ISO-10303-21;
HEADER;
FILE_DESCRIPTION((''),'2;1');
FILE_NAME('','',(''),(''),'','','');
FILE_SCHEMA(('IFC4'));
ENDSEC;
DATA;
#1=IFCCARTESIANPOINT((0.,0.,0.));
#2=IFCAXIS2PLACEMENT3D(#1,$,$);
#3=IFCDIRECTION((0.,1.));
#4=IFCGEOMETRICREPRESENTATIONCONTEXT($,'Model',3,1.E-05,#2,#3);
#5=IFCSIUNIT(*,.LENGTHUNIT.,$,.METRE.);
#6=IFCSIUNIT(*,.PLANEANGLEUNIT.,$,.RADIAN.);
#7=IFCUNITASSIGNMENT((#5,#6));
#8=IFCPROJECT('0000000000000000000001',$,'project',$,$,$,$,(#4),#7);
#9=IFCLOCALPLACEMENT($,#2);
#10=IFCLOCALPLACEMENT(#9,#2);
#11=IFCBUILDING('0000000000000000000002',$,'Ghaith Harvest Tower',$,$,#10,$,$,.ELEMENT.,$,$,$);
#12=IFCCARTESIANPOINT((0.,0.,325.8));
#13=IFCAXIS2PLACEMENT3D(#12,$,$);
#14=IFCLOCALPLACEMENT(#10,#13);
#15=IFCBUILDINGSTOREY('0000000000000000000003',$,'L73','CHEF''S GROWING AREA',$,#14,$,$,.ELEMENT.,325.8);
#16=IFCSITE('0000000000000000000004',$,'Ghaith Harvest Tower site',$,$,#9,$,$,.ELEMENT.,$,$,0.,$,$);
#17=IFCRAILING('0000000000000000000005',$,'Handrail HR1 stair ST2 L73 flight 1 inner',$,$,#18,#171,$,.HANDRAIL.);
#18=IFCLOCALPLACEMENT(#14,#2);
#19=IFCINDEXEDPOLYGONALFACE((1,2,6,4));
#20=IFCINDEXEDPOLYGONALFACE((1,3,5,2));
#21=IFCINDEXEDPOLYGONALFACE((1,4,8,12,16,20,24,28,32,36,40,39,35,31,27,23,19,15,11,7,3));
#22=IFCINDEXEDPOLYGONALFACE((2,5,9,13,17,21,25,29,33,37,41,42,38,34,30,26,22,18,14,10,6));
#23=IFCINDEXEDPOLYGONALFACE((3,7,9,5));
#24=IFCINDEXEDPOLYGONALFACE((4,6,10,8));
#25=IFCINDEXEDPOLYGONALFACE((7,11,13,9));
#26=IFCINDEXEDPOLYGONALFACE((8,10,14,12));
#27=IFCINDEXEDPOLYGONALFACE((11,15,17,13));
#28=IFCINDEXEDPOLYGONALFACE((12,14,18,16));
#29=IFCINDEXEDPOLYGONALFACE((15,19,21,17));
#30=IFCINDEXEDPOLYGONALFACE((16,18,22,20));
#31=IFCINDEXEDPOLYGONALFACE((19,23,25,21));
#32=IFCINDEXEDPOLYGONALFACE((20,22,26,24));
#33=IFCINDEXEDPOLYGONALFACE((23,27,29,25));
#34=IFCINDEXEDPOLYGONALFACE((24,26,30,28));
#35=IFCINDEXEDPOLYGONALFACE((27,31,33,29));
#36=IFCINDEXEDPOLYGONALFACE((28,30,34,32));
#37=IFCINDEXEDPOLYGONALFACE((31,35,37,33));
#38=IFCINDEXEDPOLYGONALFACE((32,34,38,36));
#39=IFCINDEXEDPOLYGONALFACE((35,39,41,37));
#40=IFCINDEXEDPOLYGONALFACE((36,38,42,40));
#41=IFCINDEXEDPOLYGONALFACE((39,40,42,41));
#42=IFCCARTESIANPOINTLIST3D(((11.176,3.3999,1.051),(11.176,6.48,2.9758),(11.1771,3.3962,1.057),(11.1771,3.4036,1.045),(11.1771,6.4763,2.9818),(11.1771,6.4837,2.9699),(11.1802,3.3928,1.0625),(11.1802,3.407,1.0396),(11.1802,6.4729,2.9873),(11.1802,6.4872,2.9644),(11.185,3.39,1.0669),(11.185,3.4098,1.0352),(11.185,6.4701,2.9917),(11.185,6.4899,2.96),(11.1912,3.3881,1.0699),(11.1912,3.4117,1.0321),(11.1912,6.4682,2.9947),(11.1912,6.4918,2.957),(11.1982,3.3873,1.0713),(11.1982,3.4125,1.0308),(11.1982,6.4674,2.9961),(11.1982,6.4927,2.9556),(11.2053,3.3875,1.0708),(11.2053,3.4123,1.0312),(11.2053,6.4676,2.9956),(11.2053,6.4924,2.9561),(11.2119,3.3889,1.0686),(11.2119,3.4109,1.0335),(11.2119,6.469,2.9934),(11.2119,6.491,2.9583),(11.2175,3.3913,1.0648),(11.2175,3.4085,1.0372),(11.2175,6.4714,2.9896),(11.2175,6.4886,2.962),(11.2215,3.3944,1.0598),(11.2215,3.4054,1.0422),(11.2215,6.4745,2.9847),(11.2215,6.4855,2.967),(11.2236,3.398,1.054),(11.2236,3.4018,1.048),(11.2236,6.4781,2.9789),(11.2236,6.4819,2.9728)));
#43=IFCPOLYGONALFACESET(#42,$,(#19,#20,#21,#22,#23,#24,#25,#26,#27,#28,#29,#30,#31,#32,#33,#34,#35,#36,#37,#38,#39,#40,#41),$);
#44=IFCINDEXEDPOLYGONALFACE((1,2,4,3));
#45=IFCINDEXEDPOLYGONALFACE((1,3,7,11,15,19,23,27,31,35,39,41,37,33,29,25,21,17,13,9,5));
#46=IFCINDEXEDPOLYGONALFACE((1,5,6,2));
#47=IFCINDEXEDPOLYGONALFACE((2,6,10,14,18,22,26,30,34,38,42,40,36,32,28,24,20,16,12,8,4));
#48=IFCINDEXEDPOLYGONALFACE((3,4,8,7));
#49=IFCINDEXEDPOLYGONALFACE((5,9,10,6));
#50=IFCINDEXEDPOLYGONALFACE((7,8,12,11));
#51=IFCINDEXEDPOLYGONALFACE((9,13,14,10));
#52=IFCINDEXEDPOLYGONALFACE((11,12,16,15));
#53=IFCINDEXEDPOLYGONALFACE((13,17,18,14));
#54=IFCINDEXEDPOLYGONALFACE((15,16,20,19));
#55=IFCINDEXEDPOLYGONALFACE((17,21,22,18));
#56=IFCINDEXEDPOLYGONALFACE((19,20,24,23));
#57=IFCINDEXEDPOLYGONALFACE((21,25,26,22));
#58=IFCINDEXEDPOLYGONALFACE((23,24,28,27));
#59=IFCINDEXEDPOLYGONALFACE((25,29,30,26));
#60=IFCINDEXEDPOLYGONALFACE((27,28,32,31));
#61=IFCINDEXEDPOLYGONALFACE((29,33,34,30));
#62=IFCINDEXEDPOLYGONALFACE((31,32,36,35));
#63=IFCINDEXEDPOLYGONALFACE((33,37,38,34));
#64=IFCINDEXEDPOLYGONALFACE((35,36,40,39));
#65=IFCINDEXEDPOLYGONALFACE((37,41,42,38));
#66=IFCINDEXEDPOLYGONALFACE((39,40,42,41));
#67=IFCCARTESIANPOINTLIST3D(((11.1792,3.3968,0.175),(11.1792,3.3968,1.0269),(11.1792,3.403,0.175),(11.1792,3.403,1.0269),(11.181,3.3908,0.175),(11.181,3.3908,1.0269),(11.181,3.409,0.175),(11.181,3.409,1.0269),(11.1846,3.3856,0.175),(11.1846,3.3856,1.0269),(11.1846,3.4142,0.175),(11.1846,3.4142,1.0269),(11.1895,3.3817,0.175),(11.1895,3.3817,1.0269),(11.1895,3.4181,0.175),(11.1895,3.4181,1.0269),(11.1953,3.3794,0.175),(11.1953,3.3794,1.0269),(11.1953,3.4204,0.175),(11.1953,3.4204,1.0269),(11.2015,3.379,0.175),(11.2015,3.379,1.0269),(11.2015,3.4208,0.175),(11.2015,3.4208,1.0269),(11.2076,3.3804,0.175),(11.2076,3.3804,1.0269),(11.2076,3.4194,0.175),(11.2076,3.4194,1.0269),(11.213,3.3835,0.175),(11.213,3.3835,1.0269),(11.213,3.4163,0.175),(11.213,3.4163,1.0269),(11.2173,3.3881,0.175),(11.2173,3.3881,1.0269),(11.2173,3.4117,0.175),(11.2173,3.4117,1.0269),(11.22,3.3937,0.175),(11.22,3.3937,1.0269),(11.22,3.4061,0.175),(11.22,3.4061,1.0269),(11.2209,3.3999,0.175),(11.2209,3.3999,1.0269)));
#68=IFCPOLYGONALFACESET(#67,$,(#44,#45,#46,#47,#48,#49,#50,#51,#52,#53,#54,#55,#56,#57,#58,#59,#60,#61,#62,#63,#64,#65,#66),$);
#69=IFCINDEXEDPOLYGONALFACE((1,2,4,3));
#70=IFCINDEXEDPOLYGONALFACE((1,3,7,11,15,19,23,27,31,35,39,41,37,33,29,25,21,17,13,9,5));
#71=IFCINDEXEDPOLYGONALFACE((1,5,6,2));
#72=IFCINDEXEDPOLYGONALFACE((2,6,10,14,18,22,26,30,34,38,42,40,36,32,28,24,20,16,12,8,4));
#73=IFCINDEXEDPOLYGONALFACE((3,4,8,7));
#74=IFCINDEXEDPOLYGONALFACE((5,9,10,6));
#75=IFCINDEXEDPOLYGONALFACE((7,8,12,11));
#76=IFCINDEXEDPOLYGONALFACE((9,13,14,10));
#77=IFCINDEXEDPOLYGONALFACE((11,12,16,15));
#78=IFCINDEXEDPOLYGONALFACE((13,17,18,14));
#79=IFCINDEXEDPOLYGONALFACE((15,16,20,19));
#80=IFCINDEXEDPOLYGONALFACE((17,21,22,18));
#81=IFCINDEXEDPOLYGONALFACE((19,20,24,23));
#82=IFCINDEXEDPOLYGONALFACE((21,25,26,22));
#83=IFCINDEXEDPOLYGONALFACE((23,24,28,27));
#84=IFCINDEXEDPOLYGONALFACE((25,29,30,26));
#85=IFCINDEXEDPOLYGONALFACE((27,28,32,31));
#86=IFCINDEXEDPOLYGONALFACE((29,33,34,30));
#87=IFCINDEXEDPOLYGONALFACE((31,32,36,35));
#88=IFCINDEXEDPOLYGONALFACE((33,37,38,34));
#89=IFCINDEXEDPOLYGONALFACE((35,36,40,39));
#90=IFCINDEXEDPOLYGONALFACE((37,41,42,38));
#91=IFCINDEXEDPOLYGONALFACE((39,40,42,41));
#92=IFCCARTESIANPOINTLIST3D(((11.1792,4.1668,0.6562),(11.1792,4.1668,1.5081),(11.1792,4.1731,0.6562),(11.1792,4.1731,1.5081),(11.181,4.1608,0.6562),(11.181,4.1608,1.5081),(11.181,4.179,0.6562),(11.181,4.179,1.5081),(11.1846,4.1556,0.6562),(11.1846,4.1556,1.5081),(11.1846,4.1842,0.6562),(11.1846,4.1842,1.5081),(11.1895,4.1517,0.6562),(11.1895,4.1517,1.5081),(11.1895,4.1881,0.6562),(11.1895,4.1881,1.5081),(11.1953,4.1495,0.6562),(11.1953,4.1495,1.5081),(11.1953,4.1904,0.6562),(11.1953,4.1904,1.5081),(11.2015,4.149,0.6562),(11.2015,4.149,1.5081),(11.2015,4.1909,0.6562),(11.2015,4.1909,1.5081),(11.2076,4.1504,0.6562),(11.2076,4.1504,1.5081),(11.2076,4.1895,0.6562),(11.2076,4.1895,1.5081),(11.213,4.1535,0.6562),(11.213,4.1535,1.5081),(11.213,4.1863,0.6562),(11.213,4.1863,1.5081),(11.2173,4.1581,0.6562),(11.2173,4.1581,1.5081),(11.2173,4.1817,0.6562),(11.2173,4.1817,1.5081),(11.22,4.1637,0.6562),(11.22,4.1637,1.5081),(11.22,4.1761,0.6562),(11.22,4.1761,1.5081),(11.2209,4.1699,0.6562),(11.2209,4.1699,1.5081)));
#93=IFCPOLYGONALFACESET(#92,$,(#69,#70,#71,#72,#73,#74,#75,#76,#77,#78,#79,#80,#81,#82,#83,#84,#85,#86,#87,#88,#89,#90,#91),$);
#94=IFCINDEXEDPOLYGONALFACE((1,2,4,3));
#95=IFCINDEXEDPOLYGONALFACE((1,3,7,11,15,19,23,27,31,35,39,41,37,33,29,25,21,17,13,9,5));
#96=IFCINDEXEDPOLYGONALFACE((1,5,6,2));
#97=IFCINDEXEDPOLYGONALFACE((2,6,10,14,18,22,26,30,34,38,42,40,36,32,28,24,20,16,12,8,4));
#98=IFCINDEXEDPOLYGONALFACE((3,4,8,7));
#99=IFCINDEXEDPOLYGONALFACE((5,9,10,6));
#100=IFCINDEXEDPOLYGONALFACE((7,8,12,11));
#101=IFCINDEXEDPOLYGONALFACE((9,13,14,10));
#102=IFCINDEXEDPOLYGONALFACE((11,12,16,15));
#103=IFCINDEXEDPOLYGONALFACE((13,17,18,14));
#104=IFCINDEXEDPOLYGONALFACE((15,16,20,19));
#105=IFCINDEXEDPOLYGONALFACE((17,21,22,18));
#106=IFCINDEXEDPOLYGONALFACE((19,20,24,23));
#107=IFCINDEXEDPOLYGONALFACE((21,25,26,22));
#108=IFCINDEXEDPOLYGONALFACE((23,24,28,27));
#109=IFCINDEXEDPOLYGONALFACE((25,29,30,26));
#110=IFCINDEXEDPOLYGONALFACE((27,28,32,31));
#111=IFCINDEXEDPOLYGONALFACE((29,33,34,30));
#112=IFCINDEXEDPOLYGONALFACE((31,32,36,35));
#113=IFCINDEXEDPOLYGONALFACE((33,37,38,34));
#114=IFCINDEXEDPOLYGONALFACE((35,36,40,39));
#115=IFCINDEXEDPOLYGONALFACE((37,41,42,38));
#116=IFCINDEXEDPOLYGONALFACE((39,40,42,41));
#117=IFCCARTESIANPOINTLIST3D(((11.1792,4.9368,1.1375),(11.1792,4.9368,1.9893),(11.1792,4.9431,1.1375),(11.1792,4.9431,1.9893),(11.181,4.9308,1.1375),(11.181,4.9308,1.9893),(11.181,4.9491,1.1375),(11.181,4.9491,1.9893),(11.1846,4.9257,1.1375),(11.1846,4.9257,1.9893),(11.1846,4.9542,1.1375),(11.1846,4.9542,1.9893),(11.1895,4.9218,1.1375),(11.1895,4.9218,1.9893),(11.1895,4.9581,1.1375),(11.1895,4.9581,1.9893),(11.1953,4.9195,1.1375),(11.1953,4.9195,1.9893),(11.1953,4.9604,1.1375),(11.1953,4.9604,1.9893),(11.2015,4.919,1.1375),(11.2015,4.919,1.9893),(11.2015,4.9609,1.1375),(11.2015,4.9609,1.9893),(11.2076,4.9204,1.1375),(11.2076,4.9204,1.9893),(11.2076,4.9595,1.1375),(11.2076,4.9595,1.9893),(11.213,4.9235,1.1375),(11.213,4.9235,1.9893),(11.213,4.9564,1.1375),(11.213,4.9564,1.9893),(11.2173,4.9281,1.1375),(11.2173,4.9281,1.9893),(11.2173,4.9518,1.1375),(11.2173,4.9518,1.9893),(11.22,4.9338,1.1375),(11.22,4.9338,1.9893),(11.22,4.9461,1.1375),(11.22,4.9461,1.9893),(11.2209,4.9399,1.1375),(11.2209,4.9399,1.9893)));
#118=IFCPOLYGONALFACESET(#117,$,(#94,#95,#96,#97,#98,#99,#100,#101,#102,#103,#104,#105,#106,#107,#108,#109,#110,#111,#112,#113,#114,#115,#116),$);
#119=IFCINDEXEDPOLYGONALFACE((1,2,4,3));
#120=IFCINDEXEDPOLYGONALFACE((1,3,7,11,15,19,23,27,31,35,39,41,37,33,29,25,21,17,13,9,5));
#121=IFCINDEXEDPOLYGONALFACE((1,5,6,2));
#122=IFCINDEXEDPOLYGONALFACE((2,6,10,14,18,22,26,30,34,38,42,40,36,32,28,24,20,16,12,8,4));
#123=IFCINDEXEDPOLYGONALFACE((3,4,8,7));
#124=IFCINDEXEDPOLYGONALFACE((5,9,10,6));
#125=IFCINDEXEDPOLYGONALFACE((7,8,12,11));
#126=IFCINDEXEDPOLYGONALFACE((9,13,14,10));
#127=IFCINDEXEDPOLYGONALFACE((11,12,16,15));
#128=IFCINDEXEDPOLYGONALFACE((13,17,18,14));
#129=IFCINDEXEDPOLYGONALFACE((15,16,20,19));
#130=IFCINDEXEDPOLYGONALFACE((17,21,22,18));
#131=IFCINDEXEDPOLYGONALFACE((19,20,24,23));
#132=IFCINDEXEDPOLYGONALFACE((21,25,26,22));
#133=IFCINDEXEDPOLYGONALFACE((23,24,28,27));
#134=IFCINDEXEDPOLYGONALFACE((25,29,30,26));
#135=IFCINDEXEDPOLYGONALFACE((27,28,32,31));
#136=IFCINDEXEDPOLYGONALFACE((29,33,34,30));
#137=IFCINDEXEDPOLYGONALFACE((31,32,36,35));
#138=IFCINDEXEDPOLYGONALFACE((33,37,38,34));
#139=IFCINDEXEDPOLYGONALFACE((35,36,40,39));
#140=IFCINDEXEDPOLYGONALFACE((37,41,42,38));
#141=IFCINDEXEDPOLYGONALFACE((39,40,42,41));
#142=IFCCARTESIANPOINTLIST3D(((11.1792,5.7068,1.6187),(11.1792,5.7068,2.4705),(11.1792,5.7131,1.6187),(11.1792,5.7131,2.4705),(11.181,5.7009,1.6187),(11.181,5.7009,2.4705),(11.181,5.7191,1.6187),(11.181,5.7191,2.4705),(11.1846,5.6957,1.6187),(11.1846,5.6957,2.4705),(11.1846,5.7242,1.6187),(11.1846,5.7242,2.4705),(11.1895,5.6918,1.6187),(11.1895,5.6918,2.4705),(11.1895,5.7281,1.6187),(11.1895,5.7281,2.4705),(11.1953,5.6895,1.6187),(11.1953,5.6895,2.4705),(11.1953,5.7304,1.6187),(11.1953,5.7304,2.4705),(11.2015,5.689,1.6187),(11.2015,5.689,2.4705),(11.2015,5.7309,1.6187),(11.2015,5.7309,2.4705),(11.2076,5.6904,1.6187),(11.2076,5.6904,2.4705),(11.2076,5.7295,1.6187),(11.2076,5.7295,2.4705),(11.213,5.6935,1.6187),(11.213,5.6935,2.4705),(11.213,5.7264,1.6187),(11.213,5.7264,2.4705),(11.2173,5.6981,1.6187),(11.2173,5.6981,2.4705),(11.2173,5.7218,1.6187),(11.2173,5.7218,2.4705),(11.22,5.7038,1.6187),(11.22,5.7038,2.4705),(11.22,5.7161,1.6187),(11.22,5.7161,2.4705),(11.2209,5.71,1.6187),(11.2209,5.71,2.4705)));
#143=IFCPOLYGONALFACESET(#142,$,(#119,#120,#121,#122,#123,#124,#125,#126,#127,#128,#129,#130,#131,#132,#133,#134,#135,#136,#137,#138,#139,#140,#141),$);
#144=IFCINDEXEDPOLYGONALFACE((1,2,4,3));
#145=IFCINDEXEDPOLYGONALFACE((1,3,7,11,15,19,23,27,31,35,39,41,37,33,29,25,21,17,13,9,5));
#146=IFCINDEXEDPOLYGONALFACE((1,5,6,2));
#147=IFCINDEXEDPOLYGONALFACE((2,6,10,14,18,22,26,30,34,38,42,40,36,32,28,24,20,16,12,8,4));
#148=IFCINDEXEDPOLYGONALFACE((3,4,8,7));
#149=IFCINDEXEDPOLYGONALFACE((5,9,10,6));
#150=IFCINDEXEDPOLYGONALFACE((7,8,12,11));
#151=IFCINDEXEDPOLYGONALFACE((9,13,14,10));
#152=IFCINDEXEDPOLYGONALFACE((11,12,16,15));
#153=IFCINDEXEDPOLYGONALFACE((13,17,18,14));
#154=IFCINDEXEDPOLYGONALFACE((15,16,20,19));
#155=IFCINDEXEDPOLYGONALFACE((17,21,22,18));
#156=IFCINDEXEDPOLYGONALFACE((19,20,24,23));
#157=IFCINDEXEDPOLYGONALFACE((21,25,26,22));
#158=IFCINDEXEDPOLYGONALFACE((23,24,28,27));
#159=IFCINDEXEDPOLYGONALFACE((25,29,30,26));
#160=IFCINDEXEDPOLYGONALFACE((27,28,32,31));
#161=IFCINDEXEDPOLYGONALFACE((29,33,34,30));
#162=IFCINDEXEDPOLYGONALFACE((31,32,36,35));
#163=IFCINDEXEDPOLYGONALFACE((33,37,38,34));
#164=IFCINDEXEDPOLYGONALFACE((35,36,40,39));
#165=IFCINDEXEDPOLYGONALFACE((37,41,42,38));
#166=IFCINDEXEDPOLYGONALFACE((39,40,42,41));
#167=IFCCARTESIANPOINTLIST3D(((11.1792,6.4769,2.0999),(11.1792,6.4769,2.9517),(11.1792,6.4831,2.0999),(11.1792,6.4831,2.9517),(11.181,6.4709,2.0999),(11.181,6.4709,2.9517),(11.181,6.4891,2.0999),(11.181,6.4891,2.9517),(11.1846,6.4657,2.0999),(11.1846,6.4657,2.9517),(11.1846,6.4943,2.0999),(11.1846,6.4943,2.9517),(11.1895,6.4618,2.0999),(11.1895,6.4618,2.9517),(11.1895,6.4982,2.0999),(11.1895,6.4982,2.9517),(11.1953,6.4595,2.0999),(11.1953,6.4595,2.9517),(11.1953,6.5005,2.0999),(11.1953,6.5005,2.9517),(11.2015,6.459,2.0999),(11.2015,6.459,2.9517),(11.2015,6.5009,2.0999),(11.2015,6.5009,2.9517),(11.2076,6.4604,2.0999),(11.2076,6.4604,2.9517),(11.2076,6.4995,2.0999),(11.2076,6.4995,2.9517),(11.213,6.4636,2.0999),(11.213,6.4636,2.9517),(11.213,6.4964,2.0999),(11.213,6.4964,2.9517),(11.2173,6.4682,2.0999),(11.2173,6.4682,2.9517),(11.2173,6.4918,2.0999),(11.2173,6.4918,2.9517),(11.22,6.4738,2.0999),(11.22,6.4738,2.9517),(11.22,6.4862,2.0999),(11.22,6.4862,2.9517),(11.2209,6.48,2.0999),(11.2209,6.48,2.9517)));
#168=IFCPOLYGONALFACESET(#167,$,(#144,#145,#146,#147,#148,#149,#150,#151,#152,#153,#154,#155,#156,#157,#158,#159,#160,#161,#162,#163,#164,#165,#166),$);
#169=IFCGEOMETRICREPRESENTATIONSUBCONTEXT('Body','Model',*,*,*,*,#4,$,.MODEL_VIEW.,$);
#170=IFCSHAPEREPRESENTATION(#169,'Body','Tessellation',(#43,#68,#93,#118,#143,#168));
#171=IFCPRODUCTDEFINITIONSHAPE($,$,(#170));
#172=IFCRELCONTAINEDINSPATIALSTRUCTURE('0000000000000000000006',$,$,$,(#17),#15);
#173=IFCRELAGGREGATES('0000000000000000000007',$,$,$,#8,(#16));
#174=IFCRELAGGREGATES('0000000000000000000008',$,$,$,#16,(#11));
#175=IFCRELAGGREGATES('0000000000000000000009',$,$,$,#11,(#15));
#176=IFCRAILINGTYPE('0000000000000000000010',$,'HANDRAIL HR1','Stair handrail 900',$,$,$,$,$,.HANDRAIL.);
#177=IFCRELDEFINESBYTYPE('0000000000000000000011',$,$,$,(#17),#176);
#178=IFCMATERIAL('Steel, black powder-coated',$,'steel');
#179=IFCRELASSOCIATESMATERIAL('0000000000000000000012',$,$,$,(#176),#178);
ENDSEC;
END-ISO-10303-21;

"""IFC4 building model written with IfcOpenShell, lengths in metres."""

from ifc_helpers import new_model, si_unit, direction, frame, origin, origin_2d, place, context, subcontext, project, spatial, circle, extrude, material, type_object, element, save


model = new_model("IFC4")

# Units and contexts
model_context = context("Model", 3, precision=1e-05, world=origin(), true_north=direction((0.0, 1.0)))
body_context = subcontext(model_context, "Body", "Model", "MODEL_VIEW")
ifc_project = project(units=[si_unit("LENGTHUNIT", "METRE"), si_unit("PLANEANGLEUNIT", "RADIAN")], contexts=[model_context])

# Site, building, storey
site_placement = place(None, origin())
site = spatial("IfcSite", under=ifc_project, at=site_placement, Name="Ghaith Harvest Tower site", CompositionType="ELEMENT", RefElevation=0.0)
building_placement = place(site_placement, origin())
building = spatial("IfcBuilding", under=site, at=building_placement, Name="Ghaith Harvest Tower", CompositionType="ELEMENT")
storey_placement = place(building_placement, frame((0.0, 0.0, 325.8)))
storey = spatial("IfcBuildingStorey", under=building, at=storey_placement, Name="L73", Description="CHEF'S GROWING AREA", CompositionType="ELEMENT", Elevation=325.8)

# Railing
ifc_material_1 = material(Name="Steel, black powder-coated", Category="steel")
railing_type = type_object("IfcRailingType", Name="HANDRAIL HR1", Description="Stair handrail 900", PredefinedType="HANDRAIL", material=ifc_material_1)
railing_1_placement = place(storey_placement, frame((11.2, 3.3999, 0.175)))
element("IfcRailing", 1, at=railing_1_placement, inside=storey, type_object=railing_type, Name="Handrail HR1 stair ST2 L73 flight 1 inner", PredefinedType="HANDRAIL", context=body_context, shape_type="SweptSolid", body=[
    extrude(circle(Radius=0.0239, at=origin_2d()), frame((0.0, 0.0, 0.876), z_axis=(0.0, 0.848029, 0.529951), x_axis=(-1.0, 0.0, 0.0)), (0.0, 0.0, 1.0), 3.6321),
    extrude(circle(Radius=0.021, at=origin_2d()), origin(), (0.0, 0.0, 1.0), 0.8518),
    extrude(circle(Radius=0.021, at=origin_2d()), frame((0.0, 0.77, 0.4812)), (0.0, 0.0, 1.0), 0.8518),
    extrude(circle(Radius=0.021, at=origin_2d()), frame((0.0, 1.54, 0.9624)), (0.0, 0.0, 1.0), 0.8518),
    extrude(circle(Radius=0.021, at=origin_2d()), frame((0.0, 2.3101, 1.4436)), (0.0, 0.0, 1.0), 0.8518),
    extrude(circle(Radius=0.021, at=origin_2d()), frame((0.0, 3.0801, 1.9248)), (0.0, 0.0, 1.0), 0.8518),
])

save(model, "model.ifc")
